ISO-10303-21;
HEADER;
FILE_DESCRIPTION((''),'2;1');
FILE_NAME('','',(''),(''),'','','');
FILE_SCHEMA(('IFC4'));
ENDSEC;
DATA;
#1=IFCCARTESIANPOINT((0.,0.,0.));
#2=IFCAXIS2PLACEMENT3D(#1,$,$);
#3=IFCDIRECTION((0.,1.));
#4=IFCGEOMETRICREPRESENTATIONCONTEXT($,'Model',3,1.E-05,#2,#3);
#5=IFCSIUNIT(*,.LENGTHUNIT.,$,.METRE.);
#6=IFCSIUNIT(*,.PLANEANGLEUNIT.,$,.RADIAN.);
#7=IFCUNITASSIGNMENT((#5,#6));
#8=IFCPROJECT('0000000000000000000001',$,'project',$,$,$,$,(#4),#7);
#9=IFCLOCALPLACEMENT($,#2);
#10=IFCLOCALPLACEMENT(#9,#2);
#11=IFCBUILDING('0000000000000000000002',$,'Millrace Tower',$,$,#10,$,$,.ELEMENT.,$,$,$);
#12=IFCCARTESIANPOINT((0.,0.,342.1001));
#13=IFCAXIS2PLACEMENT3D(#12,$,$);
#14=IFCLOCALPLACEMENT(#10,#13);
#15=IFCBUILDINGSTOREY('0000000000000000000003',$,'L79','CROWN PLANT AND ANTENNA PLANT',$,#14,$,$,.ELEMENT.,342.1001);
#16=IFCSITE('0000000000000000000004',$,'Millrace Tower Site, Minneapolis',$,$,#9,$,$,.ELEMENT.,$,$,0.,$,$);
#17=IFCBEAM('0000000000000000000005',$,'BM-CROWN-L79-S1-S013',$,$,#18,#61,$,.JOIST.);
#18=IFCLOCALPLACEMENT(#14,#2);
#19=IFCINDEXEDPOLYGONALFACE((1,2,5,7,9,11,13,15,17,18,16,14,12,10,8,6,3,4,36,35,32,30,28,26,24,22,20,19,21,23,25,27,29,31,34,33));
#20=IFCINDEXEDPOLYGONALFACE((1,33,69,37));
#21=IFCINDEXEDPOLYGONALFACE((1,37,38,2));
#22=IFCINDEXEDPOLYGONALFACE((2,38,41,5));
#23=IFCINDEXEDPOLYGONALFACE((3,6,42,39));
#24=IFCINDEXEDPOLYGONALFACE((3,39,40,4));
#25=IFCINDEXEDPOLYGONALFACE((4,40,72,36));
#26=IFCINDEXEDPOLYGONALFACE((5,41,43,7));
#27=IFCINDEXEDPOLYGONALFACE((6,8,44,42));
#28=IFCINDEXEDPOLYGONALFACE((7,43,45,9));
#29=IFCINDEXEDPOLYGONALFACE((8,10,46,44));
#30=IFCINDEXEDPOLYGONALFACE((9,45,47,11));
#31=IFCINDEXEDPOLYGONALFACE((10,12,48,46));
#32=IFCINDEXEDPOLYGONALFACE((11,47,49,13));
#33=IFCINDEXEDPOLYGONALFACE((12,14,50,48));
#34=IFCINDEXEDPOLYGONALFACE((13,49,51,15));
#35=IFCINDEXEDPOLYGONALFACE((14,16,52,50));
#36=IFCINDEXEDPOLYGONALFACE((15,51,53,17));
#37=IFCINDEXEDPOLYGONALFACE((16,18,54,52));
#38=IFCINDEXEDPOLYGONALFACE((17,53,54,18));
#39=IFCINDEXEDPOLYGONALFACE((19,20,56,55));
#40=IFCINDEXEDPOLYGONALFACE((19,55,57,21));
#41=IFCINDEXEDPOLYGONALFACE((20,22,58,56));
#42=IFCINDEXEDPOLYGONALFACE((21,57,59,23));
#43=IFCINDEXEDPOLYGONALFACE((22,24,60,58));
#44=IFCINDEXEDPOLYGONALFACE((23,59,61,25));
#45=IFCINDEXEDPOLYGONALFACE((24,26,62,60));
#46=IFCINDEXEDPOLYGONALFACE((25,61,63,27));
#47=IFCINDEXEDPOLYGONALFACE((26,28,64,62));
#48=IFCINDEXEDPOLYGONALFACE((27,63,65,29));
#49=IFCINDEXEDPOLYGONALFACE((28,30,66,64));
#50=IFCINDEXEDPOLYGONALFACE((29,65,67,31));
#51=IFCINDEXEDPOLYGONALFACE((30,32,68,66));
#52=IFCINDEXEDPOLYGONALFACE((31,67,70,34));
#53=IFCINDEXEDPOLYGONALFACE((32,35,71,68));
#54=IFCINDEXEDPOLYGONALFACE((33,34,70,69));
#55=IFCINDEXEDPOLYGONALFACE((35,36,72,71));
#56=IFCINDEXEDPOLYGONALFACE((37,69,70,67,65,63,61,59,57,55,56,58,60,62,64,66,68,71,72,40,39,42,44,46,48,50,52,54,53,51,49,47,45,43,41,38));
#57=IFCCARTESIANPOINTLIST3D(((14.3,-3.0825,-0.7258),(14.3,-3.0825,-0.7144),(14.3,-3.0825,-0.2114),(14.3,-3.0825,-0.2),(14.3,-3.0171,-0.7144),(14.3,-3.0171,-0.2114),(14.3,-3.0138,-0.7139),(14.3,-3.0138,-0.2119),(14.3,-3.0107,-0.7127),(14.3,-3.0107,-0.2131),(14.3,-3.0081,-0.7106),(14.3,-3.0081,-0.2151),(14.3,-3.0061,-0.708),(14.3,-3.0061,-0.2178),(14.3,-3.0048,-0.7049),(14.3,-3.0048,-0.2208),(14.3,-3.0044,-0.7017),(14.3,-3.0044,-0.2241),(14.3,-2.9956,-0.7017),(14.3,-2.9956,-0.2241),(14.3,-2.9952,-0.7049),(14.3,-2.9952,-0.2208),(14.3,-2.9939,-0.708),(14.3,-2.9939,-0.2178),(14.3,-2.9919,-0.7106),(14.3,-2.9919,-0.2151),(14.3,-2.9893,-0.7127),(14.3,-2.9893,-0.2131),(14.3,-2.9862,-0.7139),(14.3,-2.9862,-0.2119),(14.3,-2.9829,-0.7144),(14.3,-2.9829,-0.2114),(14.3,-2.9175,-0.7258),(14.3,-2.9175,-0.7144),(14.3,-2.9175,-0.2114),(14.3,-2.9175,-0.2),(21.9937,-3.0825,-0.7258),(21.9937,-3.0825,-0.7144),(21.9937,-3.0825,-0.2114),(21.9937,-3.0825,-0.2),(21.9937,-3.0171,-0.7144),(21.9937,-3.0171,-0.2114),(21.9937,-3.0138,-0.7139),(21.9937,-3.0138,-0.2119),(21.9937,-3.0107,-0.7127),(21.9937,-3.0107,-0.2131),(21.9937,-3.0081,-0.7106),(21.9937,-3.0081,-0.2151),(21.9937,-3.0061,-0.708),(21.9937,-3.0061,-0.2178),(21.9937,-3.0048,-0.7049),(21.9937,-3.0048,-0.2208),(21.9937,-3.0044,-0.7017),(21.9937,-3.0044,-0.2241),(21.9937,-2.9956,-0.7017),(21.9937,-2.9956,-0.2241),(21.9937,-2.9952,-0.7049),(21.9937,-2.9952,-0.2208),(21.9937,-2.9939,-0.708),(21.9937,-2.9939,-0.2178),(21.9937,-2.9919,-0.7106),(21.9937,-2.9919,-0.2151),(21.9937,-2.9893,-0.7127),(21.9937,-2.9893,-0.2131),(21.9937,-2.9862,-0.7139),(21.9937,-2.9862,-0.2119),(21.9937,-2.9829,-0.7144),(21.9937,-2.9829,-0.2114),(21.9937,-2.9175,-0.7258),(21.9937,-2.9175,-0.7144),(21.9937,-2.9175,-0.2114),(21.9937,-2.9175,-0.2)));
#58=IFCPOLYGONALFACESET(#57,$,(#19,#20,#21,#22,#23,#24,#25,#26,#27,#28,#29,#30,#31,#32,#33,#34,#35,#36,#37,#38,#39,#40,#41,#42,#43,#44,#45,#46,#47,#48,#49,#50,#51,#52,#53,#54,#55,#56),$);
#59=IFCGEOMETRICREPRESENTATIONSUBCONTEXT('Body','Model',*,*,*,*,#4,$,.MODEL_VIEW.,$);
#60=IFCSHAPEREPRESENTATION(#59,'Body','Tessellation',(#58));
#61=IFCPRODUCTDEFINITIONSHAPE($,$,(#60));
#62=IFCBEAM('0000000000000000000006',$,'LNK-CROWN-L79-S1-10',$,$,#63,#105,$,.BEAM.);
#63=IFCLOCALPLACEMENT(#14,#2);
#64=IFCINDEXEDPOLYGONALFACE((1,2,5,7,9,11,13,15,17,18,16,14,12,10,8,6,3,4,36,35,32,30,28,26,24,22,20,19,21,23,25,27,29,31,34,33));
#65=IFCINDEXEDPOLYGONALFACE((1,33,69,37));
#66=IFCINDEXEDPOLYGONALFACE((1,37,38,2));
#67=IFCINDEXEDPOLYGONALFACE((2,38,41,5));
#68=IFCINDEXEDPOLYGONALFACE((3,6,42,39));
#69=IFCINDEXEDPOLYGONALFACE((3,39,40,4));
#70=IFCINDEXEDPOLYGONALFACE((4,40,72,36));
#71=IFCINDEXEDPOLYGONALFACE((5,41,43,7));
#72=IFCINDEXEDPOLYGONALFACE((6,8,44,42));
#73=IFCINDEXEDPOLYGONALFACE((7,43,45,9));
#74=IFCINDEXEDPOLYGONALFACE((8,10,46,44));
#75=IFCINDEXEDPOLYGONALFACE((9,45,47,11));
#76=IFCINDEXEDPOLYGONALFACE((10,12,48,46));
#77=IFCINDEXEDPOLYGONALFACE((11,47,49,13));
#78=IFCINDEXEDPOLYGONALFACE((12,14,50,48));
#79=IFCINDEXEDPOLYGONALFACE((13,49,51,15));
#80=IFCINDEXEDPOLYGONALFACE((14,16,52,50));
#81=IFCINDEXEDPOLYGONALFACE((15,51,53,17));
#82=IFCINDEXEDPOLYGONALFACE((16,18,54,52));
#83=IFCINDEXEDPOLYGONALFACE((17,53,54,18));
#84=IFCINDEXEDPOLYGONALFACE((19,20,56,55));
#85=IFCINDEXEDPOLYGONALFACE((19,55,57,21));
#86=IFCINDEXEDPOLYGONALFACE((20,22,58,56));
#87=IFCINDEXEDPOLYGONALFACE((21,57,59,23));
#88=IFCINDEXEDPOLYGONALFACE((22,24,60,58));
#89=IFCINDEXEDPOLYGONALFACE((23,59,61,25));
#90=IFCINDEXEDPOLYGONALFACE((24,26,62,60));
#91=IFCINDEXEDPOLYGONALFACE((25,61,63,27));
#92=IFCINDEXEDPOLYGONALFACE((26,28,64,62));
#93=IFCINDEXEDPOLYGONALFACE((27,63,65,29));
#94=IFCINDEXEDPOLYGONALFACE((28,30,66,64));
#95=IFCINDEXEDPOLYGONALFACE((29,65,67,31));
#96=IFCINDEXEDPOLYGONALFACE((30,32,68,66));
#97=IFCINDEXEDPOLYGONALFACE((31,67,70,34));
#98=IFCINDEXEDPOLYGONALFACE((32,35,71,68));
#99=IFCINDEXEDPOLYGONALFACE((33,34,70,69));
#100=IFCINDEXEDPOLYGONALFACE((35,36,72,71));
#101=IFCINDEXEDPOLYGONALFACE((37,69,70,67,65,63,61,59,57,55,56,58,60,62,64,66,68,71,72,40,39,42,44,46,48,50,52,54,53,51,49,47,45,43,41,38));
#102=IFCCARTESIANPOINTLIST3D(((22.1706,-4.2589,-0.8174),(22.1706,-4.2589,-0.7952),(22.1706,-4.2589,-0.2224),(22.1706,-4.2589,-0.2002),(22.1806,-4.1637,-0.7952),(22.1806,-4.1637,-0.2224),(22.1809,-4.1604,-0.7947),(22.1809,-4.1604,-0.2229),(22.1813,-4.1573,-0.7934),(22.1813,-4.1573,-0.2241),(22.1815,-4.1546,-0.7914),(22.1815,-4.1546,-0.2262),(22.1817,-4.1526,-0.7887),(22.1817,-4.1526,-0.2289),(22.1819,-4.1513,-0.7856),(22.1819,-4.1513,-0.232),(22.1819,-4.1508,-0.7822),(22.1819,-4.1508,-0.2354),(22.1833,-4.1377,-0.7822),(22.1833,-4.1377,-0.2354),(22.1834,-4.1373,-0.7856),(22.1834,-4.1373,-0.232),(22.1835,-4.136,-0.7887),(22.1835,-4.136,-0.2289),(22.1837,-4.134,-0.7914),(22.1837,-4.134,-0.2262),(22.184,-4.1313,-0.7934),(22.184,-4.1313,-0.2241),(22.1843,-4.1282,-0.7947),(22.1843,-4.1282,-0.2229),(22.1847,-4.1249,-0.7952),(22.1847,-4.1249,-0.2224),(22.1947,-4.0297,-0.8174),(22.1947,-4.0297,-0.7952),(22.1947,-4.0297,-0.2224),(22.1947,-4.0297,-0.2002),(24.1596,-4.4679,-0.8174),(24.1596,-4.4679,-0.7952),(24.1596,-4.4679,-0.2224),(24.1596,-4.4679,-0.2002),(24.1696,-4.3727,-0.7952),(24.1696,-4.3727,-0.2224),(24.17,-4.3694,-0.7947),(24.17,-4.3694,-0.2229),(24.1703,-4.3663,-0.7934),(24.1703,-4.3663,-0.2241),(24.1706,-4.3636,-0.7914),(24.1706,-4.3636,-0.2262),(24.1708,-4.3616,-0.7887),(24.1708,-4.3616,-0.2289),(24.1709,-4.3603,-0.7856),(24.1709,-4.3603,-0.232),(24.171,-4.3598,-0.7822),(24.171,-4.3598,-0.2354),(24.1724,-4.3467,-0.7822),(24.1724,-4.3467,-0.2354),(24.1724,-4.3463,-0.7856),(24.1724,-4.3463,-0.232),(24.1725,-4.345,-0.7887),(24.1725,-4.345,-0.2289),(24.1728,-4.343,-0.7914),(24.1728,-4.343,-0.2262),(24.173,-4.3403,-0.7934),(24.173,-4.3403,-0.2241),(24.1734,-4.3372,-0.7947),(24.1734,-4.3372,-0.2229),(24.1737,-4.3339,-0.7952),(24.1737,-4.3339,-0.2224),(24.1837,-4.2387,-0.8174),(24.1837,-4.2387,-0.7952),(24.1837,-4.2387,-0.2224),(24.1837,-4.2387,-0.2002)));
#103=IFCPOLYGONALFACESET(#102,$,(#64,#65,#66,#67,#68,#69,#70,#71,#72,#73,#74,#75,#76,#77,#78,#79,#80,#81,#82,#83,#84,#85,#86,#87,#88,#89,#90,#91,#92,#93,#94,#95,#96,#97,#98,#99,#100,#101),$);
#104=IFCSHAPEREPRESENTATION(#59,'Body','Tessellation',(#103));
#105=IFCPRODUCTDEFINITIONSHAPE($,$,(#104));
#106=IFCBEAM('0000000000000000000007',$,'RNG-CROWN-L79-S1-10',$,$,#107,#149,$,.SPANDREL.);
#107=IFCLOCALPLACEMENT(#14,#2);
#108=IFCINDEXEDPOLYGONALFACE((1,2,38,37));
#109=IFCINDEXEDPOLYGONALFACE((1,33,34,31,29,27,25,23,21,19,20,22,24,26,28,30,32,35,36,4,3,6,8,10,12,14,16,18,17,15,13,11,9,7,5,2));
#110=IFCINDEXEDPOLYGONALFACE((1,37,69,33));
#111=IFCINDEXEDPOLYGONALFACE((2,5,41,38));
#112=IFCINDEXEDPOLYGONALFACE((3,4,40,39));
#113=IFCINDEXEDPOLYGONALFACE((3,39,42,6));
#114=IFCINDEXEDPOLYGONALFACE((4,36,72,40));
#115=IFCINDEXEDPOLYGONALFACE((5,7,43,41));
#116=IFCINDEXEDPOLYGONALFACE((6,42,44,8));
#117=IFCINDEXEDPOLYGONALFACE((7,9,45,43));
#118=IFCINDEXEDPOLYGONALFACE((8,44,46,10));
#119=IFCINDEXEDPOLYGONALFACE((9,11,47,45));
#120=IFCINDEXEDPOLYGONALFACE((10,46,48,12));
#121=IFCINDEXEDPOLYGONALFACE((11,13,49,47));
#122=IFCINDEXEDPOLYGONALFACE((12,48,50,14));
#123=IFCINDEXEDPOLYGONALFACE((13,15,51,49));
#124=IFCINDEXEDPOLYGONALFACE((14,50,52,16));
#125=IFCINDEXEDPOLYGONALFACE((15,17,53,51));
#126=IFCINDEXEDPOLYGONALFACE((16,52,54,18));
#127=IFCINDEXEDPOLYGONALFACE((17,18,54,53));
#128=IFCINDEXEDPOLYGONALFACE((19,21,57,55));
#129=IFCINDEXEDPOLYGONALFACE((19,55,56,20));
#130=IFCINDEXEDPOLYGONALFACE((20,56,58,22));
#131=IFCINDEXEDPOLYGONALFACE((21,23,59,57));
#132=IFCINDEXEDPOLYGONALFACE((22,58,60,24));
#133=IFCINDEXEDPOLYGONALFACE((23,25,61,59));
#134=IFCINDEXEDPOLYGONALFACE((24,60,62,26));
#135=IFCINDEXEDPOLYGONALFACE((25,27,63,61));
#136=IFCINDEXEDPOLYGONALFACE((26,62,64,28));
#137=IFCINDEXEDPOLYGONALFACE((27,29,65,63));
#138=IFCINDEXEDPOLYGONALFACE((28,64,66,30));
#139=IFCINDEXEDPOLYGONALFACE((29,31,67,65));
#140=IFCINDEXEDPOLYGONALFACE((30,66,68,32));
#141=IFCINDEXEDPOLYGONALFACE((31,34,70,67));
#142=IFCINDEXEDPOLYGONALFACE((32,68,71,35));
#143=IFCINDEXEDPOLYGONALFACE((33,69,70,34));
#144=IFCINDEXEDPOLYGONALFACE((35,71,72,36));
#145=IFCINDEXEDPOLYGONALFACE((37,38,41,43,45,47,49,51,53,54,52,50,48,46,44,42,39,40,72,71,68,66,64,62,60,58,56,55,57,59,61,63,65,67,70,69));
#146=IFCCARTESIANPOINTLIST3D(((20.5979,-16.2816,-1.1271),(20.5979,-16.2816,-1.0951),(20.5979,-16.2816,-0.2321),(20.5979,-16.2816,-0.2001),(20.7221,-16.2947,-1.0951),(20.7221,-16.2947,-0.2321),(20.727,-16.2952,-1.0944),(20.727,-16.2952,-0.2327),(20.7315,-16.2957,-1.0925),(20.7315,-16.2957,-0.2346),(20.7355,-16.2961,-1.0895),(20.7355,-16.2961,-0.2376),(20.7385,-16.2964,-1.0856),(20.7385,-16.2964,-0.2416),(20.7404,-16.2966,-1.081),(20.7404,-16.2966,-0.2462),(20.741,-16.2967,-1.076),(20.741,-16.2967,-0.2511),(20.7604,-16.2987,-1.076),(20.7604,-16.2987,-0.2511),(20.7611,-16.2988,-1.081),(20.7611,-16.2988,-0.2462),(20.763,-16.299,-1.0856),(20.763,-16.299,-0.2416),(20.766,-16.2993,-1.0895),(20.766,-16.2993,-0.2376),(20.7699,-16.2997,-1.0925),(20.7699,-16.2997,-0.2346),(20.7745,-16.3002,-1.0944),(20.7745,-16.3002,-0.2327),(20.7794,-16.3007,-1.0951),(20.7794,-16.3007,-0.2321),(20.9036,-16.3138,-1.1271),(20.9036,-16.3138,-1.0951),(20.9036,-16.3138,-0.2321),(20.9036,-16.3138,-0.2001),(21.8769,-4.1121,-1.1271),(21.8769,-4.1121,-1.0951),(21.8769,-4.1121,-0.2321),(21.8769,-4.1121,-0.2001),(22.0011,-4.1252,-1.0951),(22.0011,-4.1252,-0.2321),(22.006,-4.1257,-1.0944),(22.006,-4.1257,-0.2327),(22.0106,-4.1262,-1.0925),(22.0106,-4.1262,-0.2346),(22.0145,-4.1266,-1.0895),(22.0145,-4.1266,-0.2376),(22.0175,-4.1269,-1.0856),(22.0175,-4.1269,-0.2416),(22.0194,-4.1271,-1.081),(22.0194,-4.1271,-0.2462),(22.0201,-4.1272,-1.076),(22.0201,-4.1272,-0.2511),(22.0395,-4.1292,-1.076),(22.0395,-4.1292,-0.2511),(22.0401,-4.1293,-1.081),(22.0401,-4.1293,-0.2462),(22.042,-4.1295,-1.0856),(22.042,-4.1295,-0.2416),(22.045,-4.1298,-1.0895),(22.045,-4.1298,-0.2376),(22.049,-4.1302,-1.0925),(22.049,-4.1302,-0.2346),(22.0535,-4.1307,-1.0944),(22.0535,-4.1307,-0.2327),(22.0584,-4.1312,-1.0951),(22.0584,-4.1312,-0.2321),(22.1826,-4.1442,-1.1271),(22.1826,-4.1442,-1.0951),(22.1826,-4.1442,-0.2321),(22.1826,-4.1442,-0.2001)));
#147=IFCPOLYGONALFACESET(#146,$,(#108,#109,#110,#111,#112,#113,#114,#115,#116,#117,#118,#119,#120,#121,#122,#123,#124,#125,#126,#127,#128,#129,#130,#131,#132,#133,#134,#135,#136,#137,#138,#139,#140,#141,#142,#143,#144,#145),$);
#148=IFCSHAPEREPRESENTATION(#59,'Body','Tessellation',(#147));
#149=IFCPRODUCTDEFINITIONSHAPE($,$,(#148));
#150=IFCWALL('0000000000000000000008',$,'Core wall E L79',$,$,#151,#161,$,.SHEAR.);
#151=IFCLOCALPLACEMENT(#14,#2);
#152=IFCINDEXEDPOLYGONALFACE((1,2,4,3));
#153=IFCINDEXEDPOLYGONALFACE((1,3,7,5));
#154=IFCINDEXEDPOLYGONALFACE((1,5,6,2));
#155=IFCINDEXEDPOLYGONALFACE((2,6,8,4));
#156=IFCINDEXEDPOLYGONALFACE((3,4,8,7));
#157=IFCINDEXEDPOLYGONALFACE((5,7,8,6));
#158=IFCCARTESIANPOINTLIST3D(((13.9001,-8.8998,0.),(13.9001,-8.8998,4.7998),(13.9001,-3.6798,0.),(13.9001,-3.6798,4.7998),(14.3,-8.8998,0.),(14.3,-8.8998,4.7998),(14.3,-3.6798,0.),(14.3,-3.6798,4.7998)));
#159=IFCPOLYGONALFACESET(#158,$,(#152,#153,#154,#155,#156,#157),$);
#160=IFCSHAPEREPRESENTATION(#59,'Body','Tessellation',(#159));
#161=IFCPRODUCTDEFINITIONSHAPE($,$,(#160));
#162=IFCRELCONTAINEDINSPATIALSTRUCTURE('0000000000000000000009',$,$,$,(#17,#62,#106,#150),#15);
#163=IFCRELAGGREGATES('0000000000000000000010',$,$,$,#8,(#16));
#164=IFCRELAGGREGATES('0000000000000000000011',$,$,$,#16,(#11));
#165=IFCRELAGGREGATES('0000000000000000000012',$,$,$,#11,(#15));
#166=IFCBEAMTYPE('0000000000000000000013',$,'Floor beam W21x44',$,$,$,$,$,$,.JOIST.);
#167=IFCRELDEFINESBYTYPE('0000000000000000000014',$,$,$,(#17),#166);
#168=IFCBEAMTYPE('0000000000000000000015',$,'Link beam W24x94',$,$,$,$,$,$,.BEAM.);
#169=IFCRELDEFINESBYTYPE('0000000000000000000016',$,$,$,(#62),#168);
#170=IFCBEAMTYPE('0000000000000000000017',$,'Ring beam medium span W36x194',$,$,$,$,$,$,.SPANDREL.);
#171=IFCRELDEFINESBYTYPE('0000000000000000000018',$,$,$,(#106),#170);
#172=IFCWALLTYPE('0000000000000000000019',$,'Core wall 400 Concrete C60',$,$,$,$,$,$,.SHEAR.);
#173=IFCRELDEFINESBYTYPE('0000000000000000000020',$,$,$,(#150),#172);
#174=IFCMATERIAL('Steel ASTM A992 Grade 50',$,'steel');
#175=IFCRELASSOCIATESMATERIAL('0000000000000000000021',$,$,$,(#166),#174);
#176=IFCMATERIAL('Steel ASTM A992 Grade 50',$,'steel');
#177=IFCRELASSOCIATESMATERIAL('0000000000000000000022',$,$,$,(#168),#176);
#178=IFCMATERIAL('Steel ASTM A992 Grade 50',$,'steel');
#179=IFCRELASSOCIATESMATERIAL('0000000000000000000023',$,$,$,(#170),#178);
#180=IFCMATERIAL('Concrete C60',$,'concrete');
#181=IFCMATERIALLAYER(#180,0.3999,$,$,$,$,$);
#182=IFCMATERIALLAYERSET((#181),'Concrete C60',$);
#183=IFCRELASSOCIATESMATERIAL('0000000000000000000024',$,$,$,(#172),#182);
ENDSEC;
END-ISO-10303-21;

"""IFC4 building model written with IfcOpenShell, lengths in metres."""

from ifc_helpers import new_model, si_unit, direction, frame, frame_2d, origin, origin_2d, place, context, subcontext, project, spatial, rectangle, i_section, extrude, material, layer, layer_set, material_profile, profile_set, type_object, element, save


model = new_model("IFC4")

# Units and contexts
model_context = context("Model", 3, precision=1e-05, world=origin(), true_north=direction((0.0, 1.0)))
body_context = subcontext(model_context, "Body", "Model", "MODEL_VIEW")
ifc_project = project(units=[si_unit("LENGTHUNIT", "METRE"), si_unit("PLANEANGLEUNIT", "RADIAN")], contexts=[model_context])

# Site, building, storey
site_placement = place(None, origin())
site = spatial("IfcSite", under=ifc_project, at=site_placement, Name="Millrace Tower Site, Minneapolis", CompositionType="ELEMENT", RefElevation=0.0)
building_placement = place(site_placement, origin())
building = spatial("IfcBuilding", under=site, at=building_placement, Name="Millrace Tower", CompositionType="ELEMENT")
storey_placement = place(building_placement, frame((0.0, 0.0, 342.1001)))
storey = spatial("IfcBuildingStorey", under=building, at=storey_placement, Name="L79", Description="CROWN PLANT AND ANTENNA PLANT", CompositionType="ELEMENT", Elevation=342.1001)

# Beams
ifc_material_1 = material(Name="Steel ASTM A992 Grade 50", Category="steel")
ifc_material_profile_1 = material_profile(ifc_material_1, i_section(OverallWidth=0.165, OverallDepth=0.5259, WebThickness=0.0088, FlangeThickness=0.0115, FilletRadius=0.0127, at=origin_2d()))
ifc_profile_set_1 = profile_set([ifc_material_profile_1], Name="Steel ASTM A992 Grade 50")
beam_type_1 = type_object("IfcBeamType", Name="Floor beam W21x44", PredefinedType="JOIST", material=ifc_profile_set_1)
beam_1_placement = place(storey_placement, frame((14.3, -3.0, -0.4629), z_axis=(1.0, 0.0, 0.0), x_axis=(0.0, 1.0, 0.0)))
element("IfcBeam", 1, at=beam_1_placement, inside=storey, type_object=beam_type_1, Name="BM-CROWN-L79-S1-S013", PredefinedType="JOIST", context=body_context, shape_type="SweptSolid", body=[
    extrude(i_section(OverallWidth=0.165, OverallDepth=0.5259, WebThickness=0.0088, FlangeThickness=0.0115, FilletRadius=0.0127, at=origin_2d()), origin(), (0.0, 0.0, 1.0), 7.6936),
])
ifc_material_2 = material(Name="Steel ASTM A992 Grade 50", Category="steel")
ifc_material_profile_2 = material_profile(ifc_material_2, i_section(OverallWidth=0.2305, OverallDepth=0.6172, WebThickness=0.0132, FlangeThickness=0.0222, FilletRadius=0.0129, at=origin_2d()))
ifc_profile_set_2 = profile_set([ifc_material_profile_2], Name="Steel ASTM A992 Grade 50")
beam_type_2 = type_object("IfcBeamType", Name="Link beam W24x94", PredefinedType="BEAM", material=ifc_profile_set_2)
beam_2_placement = place(storey_placement, frame((22.1826, -4.1443, -0.5088), z_axis=(0.994526, -0.104494, 0.0), x_axis=(0.104494, 0.994526, 0.0)))
element("IfcBeam", 2, at=beam_2_placement, inside=storey, type_object=beam_type_2, Name="LNK-CROWN-L79-S1-10", PredefinedType="BEAM", context=body_context, shape_type="SweptSolid", body=[
    extrude(i_section(OverallWidth=0.2305, OverallDepth=0.6172, WebThickness=0.0132, FlangeThickness=0.0222, FilletRadius=0.0129, at=origin_2d()), origin(), (0.0, 0.0, 1.0), 2.0),
])
ifc_material_3 = material(Name="Steel ASTM A992 Grade 50", Category="steel")
ifc_material_profile_3 = material_profile(ifc_material_3, i_section(OverallWidth=0.3074, OverallDepth=0.927, WebThickness=0.0195, FlangeThickness=0.032, FilletRadius=0.019, at=origin_2d()))
ifc_profile_set_3 = profile_set([ifc_material_profile_3], Name="Steel ASTM A992 Grade 50")
beam_type_3 = type_object("IfcBeamType", Name="Ring beam medium span W36x194", PredefinedType="SPANDREL", material=ifc_profile_set_3)
beam_3_placement = place(storey_placement, frame((22.0298, -4.1282, -0.6636), z_axis=(-0.104528, -0.994522, 0.0), x_axis=(0.994522, -0.104528, 0.0)))
element("IfcBeam", 3, at=beam_3_placement, inside=storey, type_object=beam_type_3, Name="RNG-CROWN-L79-S1-10", PredefinedType="SPANDREL", context=body_context, shape_type="SweptSolid", body=[
    extrude(i_section(OverallWidth=0.3074, OverallDepth=0.927, WebThickness=0.0195, FlangeThickness=0.032, FilletRadius=0.019, at=origin_2d()), origin(), (0.0, 0.0, 1.0), 12.2366),
])

# Wall
ifc_material_4 = material(Name="Concrete C60", Category="concrete")
ifc_layer_1 = layer(ifc_material_4, 0.3999)
ifc_layer_set_1 = layer_set([ifc_layer_1], Name="Concrete C60")
wall_type_1 = type_object("IfcWallType", Name="Core wall 400 Concrete C60", PredefinedType="SHEAR", material=ifc_layer_set_1)
wall_1_placement = place(storey_placement, frame((14.1001, -3.6799, 0.0), z_axis=(0.0, 0.0, 1.0), x_axis=(0.0, -1.0, 0.0)))
element("IfcWall", 4, at=wall_1_placement, inside=storey, type_object=wall_type_1, Name="Core wall E L79", PredefinedType="SHEAR", context=body_context, shape_type="SweptSolid", body=[
    extrude(rectangle(XDim=5.22, YDim=0.3999, at=frame_2d((2.6099, 0.0))), origin(), (0.0, 0.0, 1.0), 4.7998),
])

save(model, "model.ifc")
